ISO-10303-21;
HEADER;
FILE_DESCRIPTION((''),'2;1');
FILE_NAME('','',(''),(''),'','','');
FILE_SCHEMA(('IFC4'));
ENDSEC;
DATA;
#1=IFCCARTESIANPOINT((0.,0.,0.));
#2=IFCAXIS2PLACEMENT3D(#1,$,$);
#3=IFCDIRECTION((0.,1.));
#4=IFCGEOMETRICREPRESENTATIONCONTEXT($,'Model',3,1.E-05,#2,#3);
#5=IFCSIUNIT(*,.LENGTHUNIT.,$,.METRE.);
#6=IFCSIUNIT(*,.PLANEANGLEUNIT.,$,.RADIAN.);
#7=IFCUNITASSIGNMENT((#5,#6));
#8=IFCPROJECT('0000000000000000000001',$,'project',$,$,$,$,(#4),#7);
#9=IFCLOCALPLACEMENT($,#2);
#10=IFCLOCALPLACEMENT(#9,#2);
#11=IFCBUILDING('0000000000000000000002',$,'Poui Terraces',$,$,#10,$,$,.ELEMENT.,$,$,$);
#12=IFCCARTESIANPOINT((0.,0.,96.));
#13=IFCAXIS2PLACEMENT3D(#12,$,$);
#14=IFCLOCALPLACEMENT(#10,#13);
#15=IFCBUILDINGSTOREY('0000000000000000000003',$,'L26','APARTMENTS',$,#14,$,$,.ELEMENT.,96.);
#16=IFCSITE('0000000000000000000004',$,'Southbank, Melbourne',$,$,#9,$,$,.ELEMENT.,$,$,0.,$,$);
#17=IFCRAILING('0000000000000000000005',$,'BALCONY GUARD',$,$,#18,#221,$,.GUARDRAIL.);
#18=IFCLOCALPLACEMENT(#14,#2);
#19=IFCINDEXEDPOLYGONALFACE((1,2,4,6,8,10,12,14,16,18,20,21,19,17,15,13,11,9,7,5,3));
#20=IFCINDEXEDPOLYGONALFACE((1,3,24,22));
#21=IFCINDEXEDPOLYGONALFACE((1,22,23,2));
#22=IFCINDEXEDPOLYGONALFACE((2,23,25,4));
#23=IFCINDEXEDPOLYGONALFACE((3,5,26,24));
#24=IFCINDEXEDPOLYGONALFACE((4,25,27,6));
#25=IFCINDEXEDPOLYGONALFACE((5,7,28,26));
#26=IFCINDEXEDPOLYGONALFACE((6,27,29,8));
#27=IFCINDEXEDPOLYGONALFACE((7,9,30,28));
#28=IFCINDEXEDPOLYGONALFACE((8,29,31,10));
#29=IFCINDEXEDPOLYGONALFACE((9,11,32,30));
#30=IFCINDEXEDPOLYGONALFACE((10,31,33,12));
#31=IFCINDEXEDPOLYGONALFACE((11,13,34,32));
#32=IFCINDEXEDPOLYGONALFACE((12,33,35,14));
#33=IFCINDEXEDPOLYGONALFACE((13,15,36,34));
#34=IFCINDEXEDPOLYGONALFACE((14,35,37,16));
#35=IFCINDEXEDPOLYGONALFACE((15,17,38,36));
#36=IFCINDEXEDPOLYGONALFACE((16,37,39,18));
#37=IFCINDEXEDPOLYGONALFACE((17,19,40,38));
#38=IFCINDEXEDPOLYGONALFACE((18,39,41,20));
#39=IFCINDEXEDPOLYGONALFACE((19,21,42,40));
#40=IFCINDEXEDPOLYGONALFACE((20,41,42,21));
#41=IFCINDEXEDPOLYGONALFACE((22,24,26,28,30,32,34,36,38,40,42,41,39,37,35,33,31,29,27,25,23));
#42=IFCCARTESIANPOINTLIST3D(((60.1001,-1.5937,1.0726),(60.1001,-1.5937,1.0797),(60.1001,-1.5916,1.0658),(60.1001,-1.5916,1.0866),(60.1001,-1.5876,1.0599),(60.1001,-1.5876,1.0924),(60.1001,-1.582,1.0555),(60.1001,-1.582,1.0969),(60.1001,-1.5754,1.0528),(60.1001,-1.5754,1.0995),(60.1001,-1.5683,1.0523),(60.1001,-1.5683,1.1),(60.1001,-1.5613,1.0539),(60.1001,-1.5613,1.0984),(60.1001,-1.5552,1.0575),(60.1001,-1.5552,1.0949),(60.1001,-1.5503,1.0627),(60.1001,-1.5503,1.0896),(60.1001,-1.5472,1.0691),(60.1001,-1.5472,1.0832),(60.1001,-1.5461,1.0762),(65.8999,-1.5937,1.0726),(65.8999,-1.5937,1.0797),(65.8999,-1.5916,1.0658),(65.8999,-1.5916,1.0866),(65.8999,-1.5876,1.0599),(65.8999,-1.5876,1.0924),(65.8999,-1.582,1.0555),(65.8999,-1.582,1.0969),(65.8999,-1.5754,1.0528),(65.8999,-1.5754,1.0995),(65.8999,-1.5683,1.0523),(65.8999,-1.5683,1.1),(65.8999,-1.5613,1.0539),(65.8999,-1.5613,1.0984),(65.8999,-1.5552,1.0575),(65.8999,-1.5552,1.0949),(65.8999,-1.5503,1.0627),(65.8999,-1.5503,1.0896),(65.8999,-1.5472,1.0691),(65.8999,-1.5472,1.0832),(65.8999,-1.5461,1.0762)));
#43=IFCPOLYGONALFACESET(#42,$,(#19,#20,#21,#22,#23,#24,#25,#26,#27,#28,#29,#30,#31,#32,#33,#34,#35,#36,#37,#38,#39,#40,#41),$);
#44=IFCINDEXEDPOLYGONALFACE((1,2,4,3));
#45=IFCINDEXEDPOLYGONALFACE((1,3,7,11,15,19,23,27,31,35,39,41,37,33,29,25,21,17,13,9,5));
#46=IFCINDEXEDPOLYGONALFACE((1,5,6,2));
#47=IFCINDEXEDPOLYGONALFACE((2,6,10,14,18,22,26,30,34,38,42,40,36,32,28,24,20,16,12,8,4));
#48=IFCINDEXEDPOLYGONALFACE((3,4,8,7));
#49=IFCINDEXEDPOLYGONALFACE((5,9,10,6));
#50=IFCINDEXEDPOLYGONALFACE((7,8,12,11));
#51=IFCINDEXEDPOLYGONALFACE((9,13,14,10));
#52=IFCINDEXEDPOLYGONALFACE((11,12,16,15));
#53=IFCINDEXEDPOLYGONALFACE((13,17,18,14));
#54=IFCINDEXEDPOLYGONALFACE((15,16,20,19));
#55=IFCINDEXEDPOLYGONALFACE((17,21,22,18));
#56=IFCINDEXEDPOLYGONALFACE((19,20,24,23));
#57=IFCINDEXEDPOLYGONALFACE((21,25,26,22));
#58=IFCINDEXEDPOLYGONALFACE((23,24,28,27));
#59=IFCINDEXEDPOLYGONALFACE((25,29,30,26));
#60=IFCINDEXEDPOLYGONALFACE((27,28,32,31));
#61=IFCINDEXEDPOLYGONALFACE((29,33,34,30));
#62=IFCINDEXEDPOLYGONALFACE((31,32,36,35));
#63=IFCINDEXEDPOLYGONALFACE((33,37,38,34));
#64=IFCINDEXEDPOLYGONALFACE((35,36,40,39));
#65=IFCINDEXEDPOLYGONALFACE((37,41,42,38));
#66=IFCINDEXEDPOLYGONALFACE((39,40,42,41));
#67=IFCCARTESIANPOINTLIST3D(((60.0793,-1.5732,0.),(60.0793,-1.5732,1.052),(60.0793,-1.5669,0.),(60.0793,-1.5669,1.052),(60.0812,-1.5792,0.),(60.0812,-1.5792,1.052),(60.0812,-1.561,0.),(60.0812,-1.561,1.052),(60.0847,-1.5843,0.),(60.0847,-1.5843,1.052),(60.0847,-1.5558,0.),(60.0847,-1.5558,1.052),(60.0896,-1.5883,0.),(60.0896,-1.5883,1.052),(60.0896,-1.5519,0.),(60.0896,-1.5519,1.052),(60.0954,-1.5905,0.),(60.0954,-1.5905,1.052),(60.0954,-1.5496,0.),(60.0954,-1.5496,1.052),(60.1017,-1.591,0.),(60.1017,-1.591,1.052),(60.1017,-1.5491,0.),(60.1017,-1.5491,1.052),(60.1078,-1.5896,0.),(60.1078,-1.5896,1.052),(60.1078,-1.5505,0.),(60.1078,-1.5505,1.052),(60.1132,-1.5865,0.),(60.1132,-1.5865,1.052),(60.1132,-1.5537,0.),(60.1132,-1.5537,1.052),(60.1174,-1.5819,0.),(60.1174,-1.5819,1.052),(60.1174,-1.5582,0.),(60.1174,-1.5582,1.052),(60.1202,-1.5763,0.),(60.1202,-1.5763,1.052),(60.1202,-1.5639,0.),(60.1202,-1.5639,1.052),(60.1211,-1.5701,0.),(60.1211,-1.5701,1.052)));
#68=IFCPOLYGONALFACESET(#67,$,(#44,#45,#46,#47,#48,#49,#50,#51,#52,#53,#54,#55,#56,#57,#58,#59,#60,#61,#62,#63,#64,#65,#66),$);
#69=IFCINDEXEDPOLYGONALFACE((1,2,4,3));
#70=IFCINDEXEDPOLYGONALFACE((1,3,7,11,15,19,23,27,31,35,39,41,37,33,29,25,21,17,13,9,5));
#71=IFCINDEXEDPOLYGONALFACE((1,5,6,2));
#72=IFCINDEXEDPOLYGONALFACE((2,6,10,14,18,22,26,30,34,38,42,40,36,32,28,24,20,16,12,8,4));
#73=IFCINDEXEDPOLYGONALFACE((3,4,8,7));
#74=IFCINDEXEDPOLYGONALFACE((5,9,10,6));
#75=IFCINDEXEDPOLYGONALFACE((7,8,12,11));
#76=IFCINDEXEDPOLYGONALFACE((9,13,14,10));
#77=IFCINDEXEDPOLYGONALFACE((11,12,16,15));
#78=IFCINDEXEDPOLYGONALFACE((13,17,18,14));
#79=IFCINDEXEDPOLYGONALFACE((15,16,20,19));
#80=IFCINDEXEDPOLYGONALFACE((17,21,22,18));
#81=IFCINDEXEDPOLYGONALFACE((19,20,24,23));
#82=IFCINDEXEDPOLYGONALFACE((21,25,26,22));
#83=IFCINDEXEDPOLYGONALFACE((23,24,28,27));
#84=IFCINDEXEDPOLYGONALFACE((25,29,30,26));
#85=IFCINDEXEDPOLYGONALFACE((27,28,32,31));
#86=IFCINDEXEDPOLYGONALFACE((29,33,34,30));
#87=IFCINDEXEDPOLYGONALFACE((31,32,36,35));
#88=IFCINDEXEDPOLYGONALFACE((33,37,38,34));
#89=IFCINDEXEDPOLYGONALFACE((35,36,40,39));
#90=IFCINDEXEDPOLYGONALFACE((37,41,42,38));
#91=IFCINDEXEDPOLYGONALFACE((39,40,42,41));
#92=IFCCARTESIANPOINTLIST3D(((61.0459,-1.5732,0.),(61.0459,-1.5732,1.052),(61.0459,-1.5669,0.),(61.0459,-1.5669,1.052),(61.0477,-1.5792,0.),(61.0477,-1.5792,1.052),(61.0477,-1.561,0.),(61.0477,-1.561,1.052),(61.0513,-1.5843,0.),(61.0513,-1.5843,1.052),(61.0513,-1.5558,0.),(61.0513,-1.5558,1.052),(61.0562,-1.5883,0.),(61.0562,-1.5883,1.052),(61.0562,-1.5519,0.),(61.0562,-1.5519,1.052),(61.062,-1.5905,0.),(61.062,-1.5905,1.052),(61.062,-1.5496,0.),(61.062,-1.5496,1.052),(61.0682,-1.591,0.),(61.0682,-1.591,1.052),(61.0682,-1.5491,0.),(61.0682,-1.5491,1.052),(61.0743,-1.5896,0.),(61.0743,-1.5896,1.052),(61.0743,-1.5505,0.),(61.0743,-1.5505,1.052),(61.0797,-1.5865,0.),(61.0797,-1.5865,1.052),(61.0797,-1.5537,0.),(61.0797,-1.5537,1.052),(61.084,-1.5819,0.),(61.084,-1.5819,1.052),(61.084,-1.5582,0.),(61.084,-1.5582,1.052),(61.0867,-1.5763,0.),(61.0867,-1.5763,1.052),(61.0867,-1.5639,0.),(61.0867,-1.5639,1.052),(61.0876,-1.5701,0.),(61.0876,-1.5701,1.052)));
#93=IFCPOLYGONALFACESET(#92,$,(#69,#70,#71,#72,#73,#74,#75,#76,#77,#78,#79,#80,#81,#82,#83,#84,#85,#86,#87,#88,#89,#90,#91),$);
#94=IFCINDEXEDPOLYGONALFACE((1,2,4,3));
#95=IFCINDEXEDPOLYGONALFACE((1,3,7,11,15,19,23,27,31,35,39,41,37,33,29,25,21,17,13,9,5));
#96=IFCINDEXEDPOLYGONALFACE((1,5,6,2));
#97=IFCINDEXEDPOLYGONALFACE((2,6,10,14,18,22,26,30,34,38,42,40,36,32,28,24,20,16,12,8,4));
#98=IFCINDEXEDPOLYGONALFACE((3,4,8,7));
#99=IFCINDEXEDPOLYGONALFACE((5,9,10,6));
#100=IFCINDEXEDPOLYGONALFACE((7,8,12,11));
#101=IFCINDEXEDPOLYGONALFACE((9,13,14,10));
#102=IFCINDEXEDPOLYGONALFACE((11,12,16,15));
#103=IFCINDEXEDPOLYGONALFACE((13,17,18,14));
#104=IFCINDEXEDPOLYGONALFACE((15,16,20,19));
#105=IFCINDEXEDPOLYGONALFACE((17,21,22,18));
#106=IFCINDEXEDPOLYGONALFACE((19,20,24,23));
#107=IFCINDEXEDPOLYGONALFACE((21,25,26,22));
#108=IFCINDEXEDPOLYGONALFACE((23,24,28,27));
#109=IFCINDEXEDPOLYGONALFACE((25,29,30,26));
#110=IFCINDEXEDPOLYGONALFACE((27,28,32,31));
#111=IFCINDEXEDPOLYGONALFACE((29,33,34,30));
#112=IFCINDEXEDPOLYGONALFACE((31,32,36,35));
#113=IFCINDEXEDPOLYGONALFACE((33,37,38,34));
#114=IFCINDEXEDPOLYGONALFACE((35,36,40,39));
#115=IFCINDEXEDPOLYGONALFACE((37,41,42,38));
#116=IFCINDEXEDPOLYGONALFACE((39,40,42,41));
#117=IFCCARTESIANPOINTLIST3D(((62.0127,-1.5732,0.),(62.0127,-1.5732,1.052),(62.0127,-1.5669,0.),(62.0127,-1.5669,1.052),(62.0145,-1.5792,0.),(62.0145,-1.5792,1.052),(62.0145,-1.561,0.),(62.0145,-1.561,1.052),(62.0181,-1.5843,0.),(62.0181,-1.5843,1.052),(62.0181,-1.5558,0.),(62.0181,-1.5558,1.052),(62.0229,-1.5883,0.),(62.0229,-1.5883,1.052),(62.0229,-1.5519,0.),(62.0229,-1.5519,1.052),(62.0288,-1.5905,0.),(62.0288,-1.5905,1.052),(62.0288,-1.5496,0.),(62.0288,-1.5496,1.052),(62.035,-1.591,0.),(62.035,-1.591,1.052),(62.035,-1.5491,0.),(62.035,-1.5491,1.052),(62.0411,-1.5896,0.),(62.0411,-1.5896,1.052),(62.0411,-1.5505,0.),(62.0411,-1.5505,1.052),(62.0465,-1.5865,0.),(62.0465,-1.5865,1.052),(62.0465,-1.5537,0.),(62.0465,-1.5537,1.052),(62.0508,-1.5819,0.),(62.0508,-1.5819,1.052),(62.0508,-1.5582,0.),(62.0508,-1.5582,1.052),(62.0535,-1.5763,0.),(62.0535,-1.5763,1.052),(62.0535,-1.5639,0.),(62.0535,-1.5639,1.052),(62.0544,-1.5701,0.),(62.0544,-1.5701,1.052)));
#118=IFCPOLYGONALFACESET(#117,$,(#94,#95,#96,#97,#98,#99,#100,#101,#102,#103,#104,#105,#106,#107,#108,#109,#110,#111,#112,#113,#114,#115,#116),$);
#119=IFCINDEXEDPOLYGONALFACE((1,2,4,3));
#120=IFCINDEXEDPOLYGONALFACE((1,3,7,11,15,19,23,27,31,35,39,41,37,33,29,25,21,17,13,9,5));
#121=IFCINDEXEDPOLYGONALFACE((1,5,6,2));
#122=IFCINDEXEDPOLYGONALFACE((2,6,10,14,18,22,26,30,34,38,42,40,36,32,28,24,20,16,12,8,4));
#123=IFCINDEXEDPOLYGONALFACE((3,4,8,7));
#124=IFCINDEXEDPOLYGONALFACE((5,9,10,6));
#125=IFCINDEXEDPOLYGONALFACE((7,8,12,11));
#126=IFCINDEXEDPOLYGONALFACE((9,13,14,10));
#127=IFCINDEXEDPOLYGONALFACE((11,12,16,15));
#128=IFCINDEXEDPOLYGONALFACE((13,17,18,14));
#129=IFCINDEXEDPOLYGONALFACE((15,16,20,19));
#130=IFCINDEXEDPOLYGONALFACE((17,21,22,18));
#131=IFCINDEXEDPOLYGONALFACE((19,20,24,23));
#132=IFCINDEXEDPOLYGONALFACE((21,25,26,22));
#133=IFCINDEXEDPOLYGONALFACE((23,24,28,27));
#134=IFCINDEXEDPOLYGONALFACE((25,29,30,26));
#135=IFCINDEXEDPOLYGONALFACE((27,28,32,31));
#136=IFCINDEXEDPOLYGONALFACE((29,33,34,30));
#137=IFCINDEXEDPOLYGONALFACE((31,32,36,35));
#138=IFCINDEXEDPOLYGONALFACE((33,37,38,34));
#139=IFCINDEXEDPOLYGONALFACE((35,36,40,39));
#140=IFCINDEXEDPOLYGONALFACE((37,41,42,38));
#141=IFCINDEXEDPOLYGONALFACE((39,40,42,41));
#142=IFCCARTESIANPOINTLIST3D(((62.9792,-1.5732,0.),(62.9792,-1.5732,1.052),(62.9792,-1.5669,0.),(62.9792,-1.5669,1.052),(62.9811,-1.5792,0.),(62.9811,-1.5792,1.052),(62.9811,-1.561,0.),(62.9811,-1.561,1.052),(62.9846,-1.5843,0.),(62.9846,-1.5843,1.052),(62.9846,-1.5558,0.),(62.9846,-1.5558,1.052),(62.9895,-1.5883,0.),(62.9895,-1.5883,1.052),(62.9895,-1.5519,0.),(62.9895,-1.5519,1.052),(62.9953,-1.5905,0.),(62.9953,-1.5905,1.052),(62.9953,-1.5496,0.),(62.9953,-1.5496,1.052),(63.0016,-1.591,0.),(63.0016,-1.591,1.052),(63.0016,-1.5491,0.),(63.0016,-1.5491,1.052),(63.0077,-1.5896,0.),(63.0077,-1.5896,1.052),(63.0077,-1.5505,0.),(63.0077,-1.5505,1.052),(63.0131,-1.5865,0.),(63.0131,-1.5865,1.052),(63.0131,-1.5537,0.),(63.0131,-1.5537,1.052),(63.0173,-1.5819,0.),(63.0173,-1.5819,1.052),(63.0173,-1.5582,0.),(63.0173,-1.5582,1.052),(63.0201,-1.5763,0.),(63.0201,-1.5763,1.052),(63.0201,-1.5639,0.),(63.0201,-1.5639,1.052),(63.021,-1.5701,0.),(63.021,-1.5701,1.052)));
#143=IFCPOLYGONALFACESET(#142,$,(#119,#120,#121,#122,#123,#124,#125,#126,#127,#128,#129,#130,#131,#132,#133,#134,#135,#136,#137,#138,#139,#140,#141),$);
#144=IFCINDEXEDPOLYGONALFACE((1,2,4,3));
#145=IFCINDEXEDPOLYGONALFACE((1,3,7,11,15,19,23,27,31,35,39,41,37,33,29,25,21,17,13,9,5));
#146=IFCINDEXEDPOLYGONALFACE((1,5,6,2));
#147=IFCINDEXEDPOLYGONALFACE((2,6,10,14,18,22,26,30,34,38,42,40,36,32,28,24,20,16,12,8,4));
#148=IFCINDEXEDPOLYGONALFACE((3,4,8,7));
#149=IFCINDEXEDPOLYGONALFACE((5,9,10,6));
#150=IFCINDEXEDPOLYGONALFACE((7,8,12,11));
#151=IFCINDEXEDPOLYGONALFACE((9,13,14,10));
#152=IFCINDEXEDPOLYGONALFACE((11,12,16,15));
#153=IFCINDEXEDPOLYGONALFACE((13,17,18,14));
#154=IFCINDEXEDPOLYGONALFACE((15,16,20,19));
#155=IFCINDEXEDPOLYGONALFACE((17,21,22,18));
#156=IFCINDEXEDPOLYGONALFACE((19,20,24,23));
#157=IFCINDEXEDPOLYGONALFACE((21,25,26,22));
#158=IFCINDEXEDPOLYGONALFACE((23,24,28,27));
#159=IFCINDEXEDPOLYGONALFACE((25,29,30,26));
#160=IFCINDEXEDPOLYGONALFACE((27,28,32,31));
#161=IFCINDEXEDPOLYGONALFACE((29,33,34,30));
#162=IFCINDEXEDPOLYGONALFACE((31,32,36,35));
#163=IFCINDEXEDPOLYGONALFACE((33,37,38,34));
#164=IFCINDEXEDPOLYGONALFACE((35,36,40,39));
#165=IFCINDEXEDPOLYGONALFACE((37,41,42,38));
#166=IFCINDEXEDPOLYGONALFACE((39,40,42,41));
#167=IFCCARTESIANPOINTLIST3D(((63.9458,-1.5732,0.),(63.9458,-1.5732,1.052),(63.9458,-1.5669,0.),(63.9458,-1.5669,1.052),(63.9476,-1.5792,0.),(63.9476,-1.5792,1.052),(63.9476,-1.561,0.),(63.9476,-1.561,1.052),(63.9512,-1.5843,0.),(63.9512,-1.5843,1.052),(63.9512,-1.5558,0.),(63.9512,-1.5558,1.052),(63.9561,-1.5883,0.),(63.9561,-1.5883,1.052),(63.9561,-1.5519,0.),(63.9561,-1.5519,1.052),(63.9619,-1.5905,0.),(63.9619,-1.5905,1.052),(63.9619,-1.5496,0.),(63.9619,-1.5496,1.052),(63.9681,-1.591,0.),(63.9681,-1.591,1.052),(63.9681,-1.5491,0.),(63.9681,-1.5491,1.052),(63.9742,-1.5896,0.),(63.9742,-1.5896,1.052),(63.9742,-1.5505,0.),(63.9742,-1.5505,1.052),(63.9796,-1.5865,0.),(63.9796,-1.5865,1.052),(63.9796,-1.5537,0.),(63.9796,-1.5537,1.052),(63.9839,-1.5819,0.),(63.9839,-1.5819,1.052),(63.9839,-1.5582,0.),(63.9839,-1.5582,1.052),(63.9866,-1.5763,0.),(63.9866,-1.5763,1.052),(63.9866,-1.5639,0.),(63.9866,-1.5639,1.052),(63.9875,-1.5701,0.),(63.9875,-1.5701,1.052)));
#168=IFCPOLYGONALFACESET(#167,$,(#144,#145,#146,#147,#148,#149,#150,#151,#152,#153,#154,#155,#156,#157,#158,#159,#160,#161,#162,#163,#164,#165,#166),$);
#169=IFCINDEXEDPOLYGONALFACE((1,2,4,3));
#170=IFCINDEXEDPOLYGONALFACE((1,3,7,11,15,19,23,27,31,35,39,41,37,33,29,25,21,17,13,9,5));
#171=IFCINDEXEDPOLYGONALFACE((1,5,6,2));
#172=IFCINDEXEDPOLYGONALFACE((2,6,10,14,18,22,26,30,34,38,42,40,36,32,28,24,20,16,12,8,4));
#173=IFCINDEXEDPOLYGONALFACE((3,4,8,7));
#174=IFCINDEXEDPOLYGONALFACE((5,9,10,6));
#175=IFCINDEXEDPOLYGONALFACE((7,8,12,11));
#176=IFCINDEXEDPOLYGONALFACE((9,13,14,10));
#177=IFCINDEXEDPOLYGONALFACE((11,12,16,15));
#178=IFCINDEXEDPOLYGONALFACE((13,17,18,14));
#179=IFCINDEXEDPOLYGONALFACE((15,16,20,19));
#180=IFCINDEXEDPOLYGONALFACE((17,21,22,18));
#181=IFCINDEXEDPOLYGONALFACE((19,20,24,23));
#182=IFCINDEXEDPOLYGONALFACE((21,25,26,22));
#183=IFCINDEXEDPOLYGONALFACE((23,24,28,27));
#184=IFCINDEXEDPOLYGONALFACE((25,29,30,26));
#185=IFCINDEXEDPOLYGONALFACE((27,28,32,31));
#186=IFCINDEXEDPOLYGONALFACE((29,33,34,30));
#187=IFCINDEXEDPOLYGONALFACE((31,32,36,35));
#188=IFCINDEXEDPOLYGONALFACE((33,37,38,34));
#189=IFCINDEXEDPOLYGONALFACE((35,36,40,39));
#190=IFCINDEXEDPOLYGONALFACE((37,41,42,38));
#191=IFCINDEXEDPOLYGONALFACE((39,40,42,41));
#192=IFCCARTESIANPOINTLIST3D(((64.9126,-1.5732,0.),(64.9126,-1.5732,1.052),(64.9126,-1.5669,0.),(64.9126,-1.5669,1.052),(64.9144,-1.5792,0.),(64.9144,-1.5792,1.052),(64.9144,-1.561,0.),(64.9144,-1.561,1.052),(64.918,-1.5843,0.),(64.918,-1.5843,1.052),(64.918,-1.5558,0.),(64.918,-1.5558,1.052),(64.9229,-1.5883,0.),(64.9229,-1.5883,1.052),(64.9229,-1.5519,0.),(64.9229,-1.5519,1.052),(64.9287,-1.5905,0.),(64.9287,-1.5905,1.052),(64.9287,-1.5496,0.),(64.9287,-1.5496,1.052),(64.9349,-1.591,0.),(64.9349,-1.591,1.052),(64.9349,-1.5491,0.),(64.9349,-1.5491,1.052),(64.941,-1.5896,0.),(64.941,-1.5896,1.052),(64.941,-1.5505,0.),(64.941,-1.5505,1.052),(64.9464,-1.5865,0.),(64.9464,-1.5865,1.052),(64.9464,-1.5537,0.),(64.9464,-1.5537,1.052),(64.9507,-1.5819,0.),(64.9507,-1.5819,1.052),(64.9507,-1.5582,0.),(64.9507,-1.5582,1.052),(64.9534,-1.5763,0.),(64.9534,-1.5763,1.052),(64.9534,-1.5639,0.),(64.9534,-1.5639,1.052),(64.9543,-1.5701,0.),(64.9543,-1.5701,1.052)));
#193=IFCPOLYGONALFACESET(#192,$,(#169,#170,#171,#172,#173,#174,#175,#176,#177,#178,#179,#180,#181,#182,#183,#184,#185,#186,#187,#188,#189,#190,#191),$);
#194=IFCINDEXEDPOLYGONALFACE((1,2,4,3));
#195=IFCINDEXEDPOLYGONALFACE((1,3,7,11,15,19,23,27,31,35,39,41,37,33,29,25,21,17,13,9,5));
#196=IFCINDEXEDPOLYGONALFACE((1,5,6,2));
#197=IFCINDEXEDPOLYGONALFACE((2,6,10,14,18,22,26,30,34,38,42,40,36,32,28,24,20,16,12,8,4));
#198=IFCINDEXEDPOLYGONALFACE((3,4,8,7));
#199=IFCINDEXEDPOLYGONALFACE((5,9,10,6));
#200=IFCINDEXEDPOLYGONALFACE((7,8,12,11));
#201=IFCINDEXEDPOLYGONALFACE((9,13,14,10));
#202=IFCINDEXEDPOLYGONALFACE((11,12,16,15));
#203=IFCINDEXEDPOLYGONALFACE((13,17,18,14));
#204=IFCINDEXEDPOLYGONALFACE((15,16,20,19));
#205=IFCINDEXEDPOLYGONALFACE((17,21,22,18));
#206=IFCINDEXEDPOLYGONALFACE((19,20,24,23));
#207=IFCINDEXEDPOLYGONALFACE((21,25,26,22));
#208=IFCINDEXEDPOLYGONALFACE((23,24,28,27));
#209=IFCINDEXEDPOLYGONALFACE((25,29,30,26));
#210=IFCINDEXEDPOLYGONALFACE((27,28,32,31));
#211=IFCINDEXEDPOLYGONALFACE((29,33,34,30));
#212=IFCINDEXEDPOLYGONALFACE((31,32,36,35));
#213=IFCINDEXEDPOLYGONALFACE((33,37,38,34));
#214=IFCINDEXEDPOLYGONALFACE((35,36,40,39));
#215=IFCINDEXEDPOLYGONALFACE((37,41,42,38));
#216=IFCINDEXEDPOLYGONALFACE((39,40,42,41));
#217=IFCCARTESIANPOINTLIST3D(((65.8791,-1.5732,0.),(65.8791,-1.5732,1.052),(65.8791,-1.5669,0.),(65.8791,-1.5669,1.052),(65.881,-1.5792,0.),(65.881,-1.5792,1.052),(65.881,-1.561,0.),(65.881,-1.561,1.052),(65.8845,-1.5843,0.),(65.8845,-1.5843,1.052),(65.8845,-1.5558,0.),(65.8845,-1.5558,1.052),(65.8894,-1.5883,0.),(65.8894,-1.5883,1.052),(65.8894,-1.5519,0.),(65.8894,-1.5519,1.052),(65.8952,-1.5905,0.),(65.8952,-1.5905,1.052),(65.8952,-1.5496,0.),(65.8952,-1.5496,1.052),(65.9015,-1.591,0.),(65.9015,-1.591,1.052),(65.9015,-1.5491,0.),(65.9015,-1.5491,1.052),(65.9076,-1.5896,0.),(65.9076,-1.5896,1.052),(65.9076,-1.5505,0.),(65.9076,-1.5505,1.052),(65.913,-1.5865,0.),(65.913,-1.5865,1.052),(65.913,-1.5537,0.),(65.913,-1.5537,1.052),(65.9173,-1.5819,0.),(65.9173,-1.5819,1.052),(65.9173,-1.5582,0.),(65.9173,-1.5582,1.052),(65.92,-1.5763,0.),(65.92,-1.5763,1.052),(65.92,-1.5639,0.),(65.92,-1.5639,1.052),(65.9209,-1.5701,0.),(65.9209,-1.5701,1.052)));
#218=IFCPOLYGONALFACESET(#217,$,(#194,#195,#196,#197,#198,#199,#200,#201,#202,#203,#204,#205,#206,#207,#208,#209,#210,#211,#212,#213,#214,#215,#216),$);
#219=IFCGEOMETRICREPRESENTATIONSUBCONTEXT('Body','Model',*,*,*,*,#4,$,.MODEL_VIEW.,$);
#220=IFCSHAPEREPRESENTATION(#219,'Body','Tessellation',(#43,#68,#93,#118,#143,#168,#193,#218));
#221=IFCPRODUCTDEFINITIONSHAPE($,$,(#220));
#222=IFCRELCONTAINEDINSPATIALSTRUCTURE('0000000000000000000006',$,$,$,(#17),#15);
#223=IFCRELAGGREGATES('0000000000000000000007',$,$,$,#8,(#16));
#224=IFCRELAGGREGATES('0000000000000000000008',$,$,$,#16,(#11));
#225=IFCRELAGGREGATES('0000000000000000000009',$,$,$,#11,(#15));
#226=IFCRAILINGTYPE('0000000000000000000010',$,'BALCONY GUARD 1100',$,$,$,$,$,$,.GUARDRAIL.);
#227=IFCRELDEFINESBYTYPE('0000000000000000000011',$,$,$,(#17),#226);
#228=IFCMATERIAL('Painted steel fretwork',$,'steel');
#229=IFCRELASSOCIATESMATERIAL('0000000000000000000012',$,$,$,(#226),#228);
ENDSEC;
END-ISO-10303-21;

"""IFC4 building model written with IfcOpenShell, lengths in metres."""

from ifc_helpers import new_model, si_unit, direction, frame, origin, origin_2d, place, context, subcontext, project, spatial, circle, extrude, material, type_object, element, save


model = new_model("IFC4")

# Units and contexts
model_context = context("Model", 3, precision=1e-05, world=origin(), true_north=direction((0.0, 1.0)))
body_context = subcontext(model_context, "Body", "Model", "MODEL_VIEW")
ifc_project = project(units=[si_unit("LENGTHUNIT", "METRE"), si_unit("PLANEANGLEUNIT", "RADIAN")], contexts=[model_context])

# Site, building, storey
site_placement = place(None, origin())
site = spatial("IfcSite", under=ifc_project, at=site_placement, Name="Southbank, Melbourne", CompositionType="ELEMENT", RefElevation=0.0)
building_placement = place(site_placement, origin())
building = spatial("IfcBuilding", under=site, at=building_placement, Name="Poui Terraces", CompositionType="ELEMENT")
storey_placement = place(building_placement, frame((0.0, 0.0, 96.0)))
storey = spatial("IfcBuildingStorey", under=building, at=storey_placement, Name="L26", Description="APARTMENTS", CompositionType="ELEMENT", Elevation=96.0)

# Railing
ifc_material_1 = material(Name="Painted steel fretwork", Category="steel")
railing_type = type_object("IfcRailingType", Name="BALCONY GUARD 1100", PredefinedType="GUARDRAIL", material=ifc_material_1)
railing_placement = place(storey_placement, frame((60.1001, -1.5701, 0.0)))
element("IfcRailing", 1, at=railing_placement, inside=storey, type_object=railing_type, Name="BALCONY GUARD", PredefinedType="GUARDRAIL", context=body_context, shape_type="SweptSolid", body=[
    extrude(circle(Radius=0.0239, at=origin_2d()), frame((0.0, 0.0, 1.0762), z_axis=(1.0, 0.0, 0.0), x_axis=(0.0, 1.0, 0.0)), (0.0, 0.0, 1.0), 5.7998),
    extrude(circle(Radius=0.021, at=origin_2d()), origin(), (0.0, 0.0, 1.0), 1.052),
    extrude(circle(Radius=0.021, at=origin_2d()), frame((0.9666, 0.0, 0.0)), (0.0, 0.0, 1.0), 1.052),
    extrude(circle(Radius=0.021, at=origin_2d()), frame((1.9333, 0.0, 0.0)), (0.0, 0.0, 1.0), 1.052),
    extrude(circle(Radius=0.021, at=origin_2d()), frame((2.8999, 0.0, 0.0)), (0.0, 0.0, 1.0), 1.052),
    extrude(circle(Radius=0.021, at=origin_2d()), frame((3.8665, 0.0, 0.0)), (0.0, 0.0, 1.0), 1.052),
    extrude(circle(Radius=0.021, at=origin_2d()), frame((4.8333, 0.0, 0.0)), (0.0, 0.0, 1.0), 1.052),
    extrude(circle(Radius=0.021, at=origin_2d()), frame((5.7998, 0.0, 0.0)), (0.0, 0.0, 1.0), 1.052),
])

save(model, "model.ifc")
